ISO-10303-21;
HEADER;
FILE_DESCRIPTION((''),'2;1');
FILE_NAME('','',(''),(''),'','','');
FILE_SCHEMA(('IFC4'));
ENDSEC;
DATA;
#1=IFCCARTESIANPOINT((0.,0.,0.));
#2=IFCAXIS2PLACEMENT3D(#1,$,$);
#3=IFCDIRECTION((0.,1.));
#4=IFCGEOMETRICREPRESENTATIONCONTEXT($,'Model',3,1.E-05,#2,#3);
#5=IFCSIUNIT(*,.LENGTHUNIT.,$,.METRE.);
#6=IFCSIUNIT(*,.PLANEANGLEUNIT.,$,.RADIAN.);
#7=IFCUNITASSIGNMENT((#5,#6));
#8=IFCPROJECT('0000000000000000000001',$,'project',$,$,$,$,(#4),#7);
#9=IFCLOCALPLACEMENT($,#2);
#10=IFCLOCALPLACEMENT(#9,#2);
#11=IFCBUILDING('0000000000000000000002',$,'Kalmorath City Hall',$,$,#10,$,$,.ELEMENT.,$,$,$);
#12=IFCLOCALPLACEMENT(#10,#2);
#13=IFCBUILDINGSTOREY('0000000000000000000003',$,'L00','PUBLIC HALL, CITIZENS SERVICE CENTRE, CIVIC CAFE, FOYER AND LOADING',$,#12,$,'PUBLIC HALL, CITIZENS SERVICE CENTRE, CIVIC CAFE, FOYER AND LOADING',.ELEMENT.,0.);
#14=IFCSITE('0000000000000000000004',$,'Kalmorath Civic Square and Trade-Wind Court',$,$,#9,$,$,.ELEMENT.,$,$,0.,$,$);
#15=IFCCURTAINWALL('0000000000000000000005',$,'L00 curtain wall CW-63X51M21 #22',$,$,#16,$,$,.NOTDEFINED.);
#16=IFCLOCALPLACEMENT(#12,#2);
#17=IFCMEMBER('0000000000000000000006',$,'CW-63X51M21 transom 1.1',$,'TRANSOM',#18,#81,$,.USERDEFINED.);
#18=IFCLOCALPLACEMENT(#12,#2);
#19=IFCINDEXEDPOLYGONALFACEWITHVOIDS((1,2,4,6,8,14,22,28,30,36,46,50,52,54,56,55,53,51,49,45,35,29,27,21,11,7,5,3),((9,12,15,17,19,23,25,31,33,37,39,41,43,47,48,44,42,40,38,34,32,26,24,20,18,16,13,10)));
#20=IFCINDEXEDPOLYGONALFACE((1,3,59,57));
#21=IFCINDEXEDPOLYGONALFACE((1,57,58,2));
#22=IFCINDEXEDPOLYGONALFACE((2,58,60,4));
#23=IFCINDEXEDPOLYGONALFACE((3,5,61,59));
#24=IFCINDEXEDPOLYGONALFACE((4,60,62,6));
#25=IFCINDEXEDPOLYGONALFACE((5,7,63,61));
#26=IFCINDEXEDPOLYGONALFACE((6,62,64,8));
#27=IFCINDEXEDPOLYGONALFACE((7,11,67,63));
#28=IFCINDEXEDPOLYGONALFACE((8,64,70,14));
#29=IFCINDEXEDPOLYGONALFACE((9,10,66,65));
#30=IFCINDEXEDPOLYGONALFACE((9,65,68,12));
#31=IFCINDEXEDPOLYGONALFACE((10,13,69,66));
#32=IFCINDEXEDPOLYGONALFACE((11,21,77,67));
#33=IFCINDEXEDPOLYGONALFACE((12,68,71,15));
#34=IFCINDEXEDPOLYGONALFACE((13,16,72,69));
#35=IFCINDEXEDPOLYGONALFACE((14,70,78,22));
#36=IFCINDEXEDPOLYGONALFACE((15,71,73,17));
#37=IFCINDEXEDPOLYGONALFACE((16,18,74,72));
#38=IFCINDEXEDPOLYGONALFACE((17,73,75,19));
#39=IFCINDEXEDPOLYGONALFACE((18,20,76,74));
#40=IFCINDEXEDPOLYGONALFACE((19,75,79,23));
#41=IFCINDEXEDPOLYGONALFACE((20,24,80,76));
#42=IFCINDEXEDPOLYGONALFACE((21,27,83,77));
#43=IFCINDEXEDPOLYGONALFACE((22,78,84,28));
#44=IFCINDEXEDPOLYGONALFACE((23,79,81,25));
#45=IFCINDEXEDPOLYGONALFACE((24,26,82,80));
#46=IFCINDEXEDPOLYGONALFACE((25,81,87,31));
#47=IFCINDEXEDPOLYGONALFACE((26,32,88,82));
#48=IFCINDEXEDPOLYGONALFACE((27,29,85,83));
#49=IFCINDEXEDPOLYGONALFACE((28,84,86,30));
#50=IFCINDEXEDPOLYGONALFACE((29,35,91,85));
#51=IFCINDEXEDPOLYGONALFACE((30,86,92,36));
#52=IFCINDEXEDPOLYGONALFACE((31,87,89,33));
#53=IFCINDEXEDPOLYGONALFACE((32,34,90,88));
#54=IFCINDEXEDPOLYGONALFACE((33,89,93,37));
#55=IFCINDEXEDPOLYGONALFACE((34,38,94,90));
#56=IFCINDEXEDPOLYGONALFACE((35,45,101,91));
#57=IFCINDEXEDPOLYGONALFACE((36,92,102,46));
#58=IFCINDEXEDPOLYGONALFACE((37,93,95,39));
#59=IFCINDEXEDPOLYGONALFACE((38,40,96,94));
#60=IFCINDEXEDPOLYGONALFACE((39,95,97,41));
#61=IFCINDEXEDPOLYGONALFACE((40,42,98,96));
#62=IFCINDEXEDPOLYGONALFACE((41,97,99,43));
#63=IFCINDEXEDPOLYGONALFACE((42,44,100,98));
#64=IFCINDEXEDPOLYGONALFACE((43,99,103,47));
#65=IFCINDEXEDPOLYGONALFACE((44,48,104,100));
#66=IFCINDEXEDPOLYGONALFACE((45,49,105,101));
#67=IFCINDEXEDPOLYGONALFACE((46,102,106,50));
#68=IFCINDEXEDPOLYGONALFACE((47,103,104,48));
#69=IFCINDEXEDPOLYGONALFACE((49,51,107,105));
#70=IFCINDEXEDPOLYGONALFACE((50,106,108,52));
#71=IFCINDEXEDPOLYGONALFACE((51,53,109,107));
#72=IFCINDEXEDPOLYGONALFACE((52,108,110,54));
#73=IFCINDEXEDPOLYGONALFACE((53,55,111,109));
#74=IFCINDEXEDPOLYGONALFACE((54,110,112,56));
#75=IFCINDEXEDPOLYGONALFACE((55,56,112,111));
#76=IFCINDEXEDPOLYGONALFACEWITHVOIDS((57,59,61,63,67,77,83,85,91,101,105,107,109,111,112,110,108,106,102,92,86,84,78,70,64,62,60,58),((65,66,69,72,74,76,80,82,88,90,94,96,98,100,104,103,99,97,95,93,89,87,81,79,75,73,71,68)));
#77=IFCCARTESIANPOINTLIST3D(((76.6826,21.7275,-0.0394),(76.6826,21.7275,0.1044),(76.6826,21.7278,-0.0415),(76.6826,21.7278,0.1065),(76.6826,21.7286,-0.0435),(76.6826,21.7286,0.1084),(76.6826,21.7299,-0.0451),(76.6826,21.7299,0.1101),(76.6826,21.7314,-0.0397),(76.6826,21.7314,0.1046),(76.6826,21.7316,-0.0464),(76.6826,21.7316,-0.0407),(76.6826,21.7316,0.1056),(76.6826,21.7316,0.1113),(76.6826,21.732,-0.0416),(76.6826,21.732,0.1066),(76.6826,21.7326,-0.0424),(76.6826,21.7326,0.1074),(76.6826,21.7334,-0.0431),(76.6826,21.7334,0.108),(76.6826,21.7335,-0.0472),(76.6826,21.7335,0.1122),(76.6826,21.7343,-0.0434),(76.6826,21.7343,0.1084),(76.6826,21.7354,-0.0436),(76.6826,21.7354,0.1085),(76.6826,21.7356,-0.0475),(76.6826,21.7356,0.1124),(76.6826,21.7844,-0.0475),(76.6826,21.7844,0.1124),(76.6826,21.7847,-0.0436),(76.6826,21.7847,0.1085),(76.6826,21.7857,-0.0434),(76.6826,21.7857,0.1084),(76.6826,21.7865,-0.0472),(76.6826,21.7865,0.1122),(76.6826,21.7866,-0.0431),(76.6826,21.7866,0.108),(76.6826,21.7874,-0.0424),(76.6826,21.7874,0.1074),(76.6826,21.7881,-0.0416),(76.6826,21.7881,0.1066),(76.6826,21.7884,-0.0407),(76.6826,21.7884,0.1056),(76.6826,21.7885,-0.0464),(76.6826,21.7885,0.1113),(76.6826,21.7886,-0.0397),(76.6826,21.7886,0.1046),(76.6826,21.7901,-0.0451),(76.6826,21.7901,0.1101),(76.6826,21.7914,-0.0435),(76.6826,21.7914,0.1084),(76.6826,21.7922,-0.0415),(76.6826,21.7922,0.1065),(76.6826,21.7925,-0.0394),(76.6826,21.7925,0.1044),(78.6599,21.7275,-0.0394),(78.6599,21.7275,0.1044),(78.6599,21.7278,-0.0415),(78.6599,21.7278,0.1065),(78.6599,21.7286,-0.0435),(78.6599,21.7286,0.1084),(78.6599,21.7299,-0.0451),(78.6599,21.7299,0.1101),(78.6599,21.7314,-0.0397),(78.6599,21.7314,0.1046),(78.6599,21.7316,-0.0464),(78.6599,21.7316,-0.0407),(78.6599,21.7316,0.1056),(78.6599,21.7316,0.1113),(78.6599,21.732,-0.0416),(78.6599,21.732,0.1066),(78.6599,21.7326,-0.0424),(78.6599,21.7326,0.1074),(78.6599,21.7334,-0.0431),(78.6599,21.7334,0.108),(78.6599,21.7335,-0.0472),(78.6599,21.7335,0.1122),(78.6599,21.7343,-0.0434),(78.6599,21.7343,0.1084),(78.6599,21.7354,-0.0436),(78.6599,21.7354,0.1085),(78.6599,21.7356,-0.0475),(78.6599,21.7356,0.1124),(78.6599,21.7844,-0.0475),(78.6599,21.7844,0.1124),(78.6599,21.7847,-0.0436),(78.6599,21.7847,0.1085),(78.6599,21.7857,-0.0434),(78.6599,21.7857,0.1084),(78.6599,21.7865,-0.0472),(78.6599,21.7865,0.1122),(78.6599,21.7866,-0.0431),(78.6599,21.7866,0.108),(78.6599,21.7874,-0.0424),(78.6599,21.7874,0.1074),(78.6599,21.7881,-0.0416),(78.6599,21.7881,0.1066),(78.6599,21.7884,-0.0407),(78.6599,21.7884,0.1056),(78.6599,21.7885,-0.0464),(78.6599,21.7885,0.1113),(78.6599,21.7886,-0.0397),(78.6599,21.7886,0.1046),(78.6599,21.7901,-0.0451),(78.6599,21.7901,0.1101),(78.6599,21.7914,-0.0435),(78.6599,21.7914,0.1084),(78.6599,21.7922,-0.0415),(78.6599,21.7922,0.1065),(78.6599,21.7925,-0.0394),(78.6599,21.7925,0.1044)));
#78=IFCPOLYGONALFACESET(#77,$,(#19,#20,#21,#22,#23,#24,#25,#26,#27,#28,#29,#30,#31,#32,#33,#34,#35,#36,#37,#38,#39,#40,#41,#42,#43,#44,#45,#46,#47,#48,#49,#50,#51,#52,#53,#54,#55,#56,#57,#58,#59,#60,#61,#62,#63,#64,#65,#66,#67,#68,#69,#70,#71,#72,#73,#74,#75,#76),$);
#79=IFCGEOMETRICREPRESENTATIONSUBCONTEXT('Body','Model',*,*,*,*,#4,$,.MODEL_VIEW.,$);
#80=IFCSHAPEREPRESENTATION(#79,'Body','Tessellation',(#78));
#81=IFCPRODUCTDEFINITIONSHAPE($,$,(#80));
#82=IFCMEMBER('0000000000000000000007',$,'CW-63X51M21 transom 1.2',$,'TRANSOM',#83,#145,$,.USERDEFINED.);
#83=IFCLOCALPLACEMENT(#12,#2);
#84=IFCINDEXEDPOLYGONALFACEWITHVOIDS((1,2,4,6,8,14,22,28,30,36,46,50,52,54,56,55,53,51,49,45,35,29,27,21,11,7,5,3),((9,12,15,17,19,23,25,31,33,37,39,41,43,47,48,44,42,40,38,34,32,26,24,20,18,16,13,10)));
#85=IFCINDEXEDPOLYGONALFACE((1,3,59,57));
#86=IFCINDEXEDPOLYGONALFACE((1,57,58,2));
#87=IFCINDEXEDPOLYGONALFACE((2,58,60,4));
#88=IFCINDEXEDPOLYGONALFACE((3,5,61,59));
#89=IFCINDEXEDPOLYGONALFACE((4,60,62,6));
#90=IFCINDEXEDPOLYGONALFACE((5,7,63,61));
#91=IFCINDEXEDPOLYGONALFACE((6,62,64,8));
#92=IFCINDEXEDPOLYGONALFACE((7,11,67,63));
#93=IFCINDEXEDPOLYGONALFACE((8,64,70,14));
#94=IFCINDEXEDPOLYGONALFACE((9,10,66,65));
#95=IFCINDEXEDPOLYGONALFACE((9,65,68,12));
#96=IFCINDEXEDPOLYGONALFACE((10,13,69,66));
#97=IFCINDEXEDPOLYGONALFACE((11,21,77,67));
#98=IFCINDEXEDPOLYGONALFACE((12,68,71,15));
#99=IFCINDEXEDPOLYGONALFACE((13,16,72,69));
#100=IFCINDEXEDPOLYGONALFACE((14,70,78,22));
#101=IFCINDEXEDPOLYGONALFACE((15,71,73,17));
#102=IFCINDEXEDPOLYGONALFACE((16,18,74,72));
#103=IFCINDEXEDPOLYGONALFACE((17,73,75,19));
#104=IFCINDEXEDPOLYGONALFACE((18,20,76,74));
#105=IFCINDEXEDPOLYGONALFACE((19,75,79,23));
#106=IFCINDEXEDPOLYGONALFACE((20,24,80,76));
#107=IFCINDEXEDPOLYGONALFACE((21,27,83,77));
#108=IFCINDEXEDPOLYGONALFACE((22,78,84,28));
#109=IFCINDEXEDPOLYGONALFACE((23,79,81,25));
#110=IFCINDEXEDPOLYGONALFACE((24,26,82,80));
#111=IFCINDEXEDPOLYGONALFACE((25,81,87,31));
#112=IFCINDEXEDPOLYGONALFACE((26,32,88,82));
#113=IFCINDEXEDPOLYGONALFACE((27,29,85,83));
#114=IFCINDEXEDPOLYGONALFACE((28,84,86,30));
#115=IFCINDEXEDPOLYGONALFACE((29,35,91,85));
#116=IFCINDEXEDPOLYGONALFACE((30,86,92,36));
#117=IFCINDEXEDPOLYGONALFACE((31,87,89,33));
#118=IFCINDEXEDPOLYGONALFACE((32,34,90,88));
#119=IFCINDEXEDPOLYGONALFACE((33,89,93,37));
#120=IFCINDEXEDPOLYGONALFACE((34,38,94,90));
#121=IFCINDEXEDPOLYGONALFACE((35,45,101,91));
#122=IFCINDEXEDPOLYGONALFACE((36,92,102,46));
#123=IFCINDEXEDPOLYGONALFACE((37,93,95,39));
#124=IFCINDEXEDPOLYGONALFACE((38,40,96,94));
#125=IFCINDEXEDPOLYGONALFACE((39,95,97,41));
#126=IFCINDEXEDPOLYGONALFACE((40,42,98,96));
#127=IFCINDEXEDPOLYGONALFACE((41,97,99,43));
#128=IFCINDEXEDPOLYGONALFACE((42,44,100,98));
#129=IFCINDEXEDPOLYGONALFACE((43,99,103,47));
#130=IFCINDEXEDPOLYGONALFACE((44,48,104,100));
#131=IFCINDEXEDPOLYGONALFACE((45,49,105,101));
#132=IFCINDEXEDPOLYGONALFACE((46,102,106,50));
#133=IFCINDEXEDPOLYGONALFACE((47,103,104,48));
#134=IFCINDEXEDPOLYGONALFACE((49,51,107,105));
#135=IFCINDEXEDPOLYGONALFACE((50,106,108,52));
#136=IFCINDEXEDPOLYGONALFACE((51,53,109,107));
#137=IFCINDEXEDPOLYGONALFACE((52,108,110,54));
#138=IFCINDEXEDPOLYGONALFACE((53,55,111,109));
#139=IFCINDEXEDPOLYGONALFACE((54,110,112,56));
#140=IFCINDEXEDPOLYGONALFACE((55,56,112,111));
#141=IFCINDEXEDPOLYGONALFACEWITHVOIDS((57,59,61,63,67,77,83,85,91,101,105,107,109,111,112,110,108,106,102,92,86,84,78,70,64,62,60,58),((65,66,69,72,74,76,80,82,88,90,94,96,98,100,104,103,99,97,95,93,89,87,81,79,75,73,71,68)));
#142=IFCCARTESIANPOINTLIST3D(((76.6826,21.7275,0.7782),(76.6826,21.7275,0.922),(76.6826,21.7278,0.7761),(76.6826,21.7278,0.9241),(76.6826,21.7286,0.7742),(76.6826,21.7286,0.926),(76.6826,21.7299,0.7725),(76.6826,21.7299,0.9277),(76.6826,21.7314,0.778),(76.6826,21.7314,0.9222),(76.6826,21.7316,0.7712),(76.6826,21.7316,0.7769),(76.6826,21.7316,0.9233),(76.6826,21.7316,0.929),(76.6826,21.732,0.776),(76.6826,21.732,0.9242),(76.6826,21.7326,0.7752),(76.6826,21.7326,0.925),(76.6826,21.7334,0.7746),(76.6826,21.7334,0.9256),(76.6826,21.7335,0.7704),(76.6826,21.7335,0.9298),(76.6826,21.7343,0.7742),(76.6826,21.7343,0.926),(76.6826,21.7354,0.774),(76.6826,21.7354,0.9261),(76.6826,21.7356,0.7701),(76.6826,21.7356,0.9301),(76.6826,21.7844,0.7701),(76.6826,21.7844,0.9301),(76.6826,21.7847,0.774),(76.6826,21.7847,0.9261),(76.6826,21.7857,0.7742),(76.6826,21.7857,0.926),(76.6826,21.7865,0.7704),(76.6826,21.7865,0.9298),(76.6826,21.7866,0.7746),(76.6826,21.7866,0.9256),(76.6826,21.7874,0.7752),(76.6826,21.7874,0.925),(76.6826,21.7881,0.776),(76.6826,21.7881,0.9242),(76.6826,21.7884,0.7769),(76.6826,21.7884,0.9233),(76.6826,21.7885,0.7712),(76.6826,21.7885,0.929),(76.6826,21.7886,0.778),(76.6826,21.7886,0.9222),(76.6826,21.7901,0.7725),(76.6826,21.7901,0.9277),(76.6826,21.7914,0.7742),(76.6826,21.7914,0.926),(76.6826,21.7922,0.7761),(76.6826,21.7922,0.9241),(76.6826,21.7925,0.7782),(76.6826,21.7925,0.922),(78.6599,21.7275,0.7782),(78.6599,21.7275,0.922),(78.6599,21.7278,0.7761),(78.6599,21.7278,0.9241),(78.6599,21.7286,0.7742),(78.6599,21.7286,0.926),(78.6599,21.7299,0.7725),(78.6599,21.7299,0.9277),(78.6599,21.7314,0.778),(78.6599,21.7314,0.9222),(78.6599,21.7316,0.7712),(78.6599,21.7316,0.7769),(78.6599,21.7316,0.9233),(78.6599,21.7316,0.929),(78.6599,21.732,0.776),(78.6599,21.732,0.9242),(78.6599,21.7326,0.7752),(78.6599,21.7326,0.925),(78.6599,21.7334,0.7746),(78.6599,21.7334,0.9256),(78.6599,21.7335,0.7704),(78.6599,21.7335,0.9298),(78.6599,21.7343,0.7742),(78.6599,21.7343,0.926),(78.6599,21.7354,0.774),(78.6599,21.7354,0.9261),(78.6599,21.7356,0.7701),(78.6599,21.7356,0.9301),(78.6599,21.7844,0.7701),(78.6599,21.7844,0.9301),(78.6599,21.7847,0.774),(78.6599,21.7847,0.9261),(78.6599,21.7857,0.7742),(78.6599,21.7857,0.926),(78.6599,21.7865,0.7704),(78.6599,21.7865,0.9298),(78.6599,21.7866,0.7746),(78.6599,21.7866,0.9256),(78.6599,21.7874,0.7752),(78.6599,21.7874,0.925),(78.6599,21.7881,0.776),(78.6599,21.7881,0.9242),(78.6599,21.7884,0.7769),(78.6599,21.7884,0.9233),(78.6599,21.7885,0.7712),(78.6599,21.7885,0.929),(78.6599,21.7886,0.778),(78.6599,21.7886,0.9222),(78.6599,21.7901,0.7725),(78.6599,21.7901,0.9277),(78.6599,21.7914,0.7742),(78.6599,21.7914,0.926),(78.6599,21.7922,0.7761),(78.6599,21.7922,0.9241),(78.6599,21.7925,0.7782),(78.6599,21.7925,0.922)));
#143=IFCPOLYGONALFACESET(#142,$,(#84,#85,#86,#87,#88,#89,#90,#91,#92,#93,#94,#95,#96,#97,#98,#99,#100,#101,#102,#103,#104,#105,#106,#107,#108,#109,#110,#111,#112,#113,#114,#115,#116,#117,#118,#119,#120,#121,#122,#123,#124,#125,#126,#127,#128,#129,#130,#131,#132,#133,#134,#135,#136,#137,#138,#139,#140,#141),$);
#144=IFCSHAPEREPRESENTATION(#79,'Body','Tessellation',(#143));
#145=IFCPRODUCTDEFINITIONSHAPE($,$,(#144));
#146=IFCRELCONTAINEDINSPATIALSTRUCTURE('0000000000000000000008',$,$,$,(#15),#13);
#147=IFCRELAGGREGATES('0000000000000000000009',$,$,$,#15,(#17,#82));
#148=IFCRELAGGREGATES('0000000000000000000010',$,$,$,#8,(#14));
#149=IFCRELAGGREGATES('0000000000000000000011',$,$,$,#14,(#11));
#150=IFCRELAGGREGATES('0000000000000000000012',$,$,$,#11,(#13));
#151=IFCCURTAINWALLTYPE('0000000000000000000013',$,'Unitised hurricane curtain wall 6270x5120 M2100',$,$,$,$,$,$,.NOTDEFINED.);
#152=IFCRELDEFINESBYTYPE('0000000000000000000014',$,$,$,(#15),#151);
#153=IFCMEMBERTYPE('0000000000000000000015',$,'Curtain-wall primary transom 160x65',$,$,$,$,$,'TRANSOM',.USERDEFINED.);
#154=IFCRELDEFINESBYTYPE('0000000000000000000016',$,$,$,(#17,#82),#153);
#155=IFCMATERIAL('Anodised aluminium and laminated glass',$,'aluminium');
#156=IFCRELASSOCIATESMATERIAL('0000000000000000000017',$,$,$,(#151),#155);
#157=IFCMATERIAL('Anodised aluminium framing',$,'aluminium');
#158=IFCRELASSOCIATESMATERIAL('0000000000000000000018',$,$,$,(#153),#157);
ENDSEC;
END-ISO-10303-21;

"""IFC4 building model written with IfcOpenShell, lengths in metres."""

from ifc_helpers import new_model, si_unit, direction, frame, origin, origin_2d, place, context, subcontext, project, spatial, hollow_rectangle, extrude, material, material_profile, profile_set, type_object, element, aggregate, save


model = new_model("IFC4")

# Units and contexts
model_context = context("Model", 3, precision=1e-05, world=origin(), true_north=direction((0.0, 1.0)))
body_context = subcontext(model_context, "Body", "Model", "MODEL_VIEW")
ifc_project = project(units=[si_unit("LENGTHUNIT", "METRE"), si_unit("PLANEANGLEUNIT", "RADIAN")], contexts=[model_context])

# Site, building, storey
site_placement = place(None, origin())
site = spatial("IfcSite", under=ifc_project, at=site_placement, Name="Kalmorath Civic Square and Trade-Wind Court", CompositionType="ELEMENT", RefElevation=0.0)
building_placement = place(site_placement, origin())
building = spatial("IfcBuilding", under=site, at=building_placement, Name="Kalmorath City Hall", CompositionType="ELEMENT")
storey_placement = place(building_placement, origin())
storey = spatial("IfcBuildingStorey", under=building, at=storey_placement, Name="L00", Description="PUBLIC HALL, CITIZENS SERVICE CENTRE, CIVIC CAFE, FOYER AND LOADING", LongName="PUBLIC HALL, CITIZENS SERVICE CENTRE, CIVIC CAFE, FOYER AND LOADING", CompositionType="ELEMENT", Elevation=0.0)

# Curtain wall
ifc_material_1 = material(Name="Anodised aluminium and laminated glass", Category="aluminium")
curtain_wall_type_1 = type_object("IfcCurtainWallType", Name="Unitised hurricane curtain wall 6270x5120 M2100", PredefinedType="NOTDEFINED", material=ifc_material_1)
curtain_wall_1_placement = place(storey_placement, origin())
curtain_wall_1 = element("IfcCurtainWall", 1, at=curtain_wall_1_placement, inside=storey, type_object=curtain_wall_type_1, Name="L00 curtain wall CW-63X51M21 #22", PredefinedType="NOTDEFINED")

# Members
ifc_material_2 = material(Name="Anodised aluminium framing", Category="aluminium")
ifc_material_profile_1 = material_profile(ifc_material_2, hollow_rectangle(XDim=0.0649, YDim=0.1599, WallThickness=0.0039, InnerFilletRadius=0.0039, OuterFilletRadius=0.0081, at=origin_2d()), Name="ALU-TRN-160X65X4")
ifc_profile_set_1 = profile_set([ifc_material_profile_1], Name="Anodised aluminium framing")
member_type_1 = type_object("IfcMemberType", Name="Curtain-wall primary transom 160x65", ElementType="TRANSOM", PredefinedType="USERDEFINED", material=ifc_profile_set_1)
member_1_placement = place(storey_placement, frame((78.6599, 21.76, 0.0325), z_axis=(-1.0, 0.0, 0.0), x_axis=(0.0, -1.0, 0.0)))
member_1 = element("IfcMember", 2, at=member_1_placement, type_object=member_type_1, Name="CW-63X51M21 transom 1.1", ObjectType="TRANSOM", PredefinedType="USERDEFINED", context=body_context, shape_type="SweptSolid", body=[
    extrude(hollow_rectangle(XDim=0.0649, YDim=0.1599, WallThickness=0.0039, InnerFilletRadius=0.0039, OuterFilletRadius=0.0081, at=origin_2d()), origin(), (0.0, 0.0, 1.0), 1.9773),
])
member_2_placement = place(storey_placement, frame((78.6599, 21.76, 0.8501), z_axis=(-1.0, 0.0, 0.0), x_axis=(0.0, -1.0, 0.0)))
member_2 = element("IfcMember", 3, at=member_2_placement, type_object=member_type_1, Name="CW-63X51M21 transom 1.2", ObjectType="TRANSOM", PredefinedType="USERDEFINED", context=body_context, shape_type="SweptSolid", body=[
    extrude(hollow_rectangle(XDim=0.0649, YDim=0.1599, WallThickness=0.0039, InnerFilletRadius=0.0039, OuterFilletRadius=0.0081, at=origin_2d()), origin(), (0.0, 0.0, 1.0), 1.9773),
])

aggregate(curtain_wall_1, [member_1, member_2])

save(model, "model.ifc")
